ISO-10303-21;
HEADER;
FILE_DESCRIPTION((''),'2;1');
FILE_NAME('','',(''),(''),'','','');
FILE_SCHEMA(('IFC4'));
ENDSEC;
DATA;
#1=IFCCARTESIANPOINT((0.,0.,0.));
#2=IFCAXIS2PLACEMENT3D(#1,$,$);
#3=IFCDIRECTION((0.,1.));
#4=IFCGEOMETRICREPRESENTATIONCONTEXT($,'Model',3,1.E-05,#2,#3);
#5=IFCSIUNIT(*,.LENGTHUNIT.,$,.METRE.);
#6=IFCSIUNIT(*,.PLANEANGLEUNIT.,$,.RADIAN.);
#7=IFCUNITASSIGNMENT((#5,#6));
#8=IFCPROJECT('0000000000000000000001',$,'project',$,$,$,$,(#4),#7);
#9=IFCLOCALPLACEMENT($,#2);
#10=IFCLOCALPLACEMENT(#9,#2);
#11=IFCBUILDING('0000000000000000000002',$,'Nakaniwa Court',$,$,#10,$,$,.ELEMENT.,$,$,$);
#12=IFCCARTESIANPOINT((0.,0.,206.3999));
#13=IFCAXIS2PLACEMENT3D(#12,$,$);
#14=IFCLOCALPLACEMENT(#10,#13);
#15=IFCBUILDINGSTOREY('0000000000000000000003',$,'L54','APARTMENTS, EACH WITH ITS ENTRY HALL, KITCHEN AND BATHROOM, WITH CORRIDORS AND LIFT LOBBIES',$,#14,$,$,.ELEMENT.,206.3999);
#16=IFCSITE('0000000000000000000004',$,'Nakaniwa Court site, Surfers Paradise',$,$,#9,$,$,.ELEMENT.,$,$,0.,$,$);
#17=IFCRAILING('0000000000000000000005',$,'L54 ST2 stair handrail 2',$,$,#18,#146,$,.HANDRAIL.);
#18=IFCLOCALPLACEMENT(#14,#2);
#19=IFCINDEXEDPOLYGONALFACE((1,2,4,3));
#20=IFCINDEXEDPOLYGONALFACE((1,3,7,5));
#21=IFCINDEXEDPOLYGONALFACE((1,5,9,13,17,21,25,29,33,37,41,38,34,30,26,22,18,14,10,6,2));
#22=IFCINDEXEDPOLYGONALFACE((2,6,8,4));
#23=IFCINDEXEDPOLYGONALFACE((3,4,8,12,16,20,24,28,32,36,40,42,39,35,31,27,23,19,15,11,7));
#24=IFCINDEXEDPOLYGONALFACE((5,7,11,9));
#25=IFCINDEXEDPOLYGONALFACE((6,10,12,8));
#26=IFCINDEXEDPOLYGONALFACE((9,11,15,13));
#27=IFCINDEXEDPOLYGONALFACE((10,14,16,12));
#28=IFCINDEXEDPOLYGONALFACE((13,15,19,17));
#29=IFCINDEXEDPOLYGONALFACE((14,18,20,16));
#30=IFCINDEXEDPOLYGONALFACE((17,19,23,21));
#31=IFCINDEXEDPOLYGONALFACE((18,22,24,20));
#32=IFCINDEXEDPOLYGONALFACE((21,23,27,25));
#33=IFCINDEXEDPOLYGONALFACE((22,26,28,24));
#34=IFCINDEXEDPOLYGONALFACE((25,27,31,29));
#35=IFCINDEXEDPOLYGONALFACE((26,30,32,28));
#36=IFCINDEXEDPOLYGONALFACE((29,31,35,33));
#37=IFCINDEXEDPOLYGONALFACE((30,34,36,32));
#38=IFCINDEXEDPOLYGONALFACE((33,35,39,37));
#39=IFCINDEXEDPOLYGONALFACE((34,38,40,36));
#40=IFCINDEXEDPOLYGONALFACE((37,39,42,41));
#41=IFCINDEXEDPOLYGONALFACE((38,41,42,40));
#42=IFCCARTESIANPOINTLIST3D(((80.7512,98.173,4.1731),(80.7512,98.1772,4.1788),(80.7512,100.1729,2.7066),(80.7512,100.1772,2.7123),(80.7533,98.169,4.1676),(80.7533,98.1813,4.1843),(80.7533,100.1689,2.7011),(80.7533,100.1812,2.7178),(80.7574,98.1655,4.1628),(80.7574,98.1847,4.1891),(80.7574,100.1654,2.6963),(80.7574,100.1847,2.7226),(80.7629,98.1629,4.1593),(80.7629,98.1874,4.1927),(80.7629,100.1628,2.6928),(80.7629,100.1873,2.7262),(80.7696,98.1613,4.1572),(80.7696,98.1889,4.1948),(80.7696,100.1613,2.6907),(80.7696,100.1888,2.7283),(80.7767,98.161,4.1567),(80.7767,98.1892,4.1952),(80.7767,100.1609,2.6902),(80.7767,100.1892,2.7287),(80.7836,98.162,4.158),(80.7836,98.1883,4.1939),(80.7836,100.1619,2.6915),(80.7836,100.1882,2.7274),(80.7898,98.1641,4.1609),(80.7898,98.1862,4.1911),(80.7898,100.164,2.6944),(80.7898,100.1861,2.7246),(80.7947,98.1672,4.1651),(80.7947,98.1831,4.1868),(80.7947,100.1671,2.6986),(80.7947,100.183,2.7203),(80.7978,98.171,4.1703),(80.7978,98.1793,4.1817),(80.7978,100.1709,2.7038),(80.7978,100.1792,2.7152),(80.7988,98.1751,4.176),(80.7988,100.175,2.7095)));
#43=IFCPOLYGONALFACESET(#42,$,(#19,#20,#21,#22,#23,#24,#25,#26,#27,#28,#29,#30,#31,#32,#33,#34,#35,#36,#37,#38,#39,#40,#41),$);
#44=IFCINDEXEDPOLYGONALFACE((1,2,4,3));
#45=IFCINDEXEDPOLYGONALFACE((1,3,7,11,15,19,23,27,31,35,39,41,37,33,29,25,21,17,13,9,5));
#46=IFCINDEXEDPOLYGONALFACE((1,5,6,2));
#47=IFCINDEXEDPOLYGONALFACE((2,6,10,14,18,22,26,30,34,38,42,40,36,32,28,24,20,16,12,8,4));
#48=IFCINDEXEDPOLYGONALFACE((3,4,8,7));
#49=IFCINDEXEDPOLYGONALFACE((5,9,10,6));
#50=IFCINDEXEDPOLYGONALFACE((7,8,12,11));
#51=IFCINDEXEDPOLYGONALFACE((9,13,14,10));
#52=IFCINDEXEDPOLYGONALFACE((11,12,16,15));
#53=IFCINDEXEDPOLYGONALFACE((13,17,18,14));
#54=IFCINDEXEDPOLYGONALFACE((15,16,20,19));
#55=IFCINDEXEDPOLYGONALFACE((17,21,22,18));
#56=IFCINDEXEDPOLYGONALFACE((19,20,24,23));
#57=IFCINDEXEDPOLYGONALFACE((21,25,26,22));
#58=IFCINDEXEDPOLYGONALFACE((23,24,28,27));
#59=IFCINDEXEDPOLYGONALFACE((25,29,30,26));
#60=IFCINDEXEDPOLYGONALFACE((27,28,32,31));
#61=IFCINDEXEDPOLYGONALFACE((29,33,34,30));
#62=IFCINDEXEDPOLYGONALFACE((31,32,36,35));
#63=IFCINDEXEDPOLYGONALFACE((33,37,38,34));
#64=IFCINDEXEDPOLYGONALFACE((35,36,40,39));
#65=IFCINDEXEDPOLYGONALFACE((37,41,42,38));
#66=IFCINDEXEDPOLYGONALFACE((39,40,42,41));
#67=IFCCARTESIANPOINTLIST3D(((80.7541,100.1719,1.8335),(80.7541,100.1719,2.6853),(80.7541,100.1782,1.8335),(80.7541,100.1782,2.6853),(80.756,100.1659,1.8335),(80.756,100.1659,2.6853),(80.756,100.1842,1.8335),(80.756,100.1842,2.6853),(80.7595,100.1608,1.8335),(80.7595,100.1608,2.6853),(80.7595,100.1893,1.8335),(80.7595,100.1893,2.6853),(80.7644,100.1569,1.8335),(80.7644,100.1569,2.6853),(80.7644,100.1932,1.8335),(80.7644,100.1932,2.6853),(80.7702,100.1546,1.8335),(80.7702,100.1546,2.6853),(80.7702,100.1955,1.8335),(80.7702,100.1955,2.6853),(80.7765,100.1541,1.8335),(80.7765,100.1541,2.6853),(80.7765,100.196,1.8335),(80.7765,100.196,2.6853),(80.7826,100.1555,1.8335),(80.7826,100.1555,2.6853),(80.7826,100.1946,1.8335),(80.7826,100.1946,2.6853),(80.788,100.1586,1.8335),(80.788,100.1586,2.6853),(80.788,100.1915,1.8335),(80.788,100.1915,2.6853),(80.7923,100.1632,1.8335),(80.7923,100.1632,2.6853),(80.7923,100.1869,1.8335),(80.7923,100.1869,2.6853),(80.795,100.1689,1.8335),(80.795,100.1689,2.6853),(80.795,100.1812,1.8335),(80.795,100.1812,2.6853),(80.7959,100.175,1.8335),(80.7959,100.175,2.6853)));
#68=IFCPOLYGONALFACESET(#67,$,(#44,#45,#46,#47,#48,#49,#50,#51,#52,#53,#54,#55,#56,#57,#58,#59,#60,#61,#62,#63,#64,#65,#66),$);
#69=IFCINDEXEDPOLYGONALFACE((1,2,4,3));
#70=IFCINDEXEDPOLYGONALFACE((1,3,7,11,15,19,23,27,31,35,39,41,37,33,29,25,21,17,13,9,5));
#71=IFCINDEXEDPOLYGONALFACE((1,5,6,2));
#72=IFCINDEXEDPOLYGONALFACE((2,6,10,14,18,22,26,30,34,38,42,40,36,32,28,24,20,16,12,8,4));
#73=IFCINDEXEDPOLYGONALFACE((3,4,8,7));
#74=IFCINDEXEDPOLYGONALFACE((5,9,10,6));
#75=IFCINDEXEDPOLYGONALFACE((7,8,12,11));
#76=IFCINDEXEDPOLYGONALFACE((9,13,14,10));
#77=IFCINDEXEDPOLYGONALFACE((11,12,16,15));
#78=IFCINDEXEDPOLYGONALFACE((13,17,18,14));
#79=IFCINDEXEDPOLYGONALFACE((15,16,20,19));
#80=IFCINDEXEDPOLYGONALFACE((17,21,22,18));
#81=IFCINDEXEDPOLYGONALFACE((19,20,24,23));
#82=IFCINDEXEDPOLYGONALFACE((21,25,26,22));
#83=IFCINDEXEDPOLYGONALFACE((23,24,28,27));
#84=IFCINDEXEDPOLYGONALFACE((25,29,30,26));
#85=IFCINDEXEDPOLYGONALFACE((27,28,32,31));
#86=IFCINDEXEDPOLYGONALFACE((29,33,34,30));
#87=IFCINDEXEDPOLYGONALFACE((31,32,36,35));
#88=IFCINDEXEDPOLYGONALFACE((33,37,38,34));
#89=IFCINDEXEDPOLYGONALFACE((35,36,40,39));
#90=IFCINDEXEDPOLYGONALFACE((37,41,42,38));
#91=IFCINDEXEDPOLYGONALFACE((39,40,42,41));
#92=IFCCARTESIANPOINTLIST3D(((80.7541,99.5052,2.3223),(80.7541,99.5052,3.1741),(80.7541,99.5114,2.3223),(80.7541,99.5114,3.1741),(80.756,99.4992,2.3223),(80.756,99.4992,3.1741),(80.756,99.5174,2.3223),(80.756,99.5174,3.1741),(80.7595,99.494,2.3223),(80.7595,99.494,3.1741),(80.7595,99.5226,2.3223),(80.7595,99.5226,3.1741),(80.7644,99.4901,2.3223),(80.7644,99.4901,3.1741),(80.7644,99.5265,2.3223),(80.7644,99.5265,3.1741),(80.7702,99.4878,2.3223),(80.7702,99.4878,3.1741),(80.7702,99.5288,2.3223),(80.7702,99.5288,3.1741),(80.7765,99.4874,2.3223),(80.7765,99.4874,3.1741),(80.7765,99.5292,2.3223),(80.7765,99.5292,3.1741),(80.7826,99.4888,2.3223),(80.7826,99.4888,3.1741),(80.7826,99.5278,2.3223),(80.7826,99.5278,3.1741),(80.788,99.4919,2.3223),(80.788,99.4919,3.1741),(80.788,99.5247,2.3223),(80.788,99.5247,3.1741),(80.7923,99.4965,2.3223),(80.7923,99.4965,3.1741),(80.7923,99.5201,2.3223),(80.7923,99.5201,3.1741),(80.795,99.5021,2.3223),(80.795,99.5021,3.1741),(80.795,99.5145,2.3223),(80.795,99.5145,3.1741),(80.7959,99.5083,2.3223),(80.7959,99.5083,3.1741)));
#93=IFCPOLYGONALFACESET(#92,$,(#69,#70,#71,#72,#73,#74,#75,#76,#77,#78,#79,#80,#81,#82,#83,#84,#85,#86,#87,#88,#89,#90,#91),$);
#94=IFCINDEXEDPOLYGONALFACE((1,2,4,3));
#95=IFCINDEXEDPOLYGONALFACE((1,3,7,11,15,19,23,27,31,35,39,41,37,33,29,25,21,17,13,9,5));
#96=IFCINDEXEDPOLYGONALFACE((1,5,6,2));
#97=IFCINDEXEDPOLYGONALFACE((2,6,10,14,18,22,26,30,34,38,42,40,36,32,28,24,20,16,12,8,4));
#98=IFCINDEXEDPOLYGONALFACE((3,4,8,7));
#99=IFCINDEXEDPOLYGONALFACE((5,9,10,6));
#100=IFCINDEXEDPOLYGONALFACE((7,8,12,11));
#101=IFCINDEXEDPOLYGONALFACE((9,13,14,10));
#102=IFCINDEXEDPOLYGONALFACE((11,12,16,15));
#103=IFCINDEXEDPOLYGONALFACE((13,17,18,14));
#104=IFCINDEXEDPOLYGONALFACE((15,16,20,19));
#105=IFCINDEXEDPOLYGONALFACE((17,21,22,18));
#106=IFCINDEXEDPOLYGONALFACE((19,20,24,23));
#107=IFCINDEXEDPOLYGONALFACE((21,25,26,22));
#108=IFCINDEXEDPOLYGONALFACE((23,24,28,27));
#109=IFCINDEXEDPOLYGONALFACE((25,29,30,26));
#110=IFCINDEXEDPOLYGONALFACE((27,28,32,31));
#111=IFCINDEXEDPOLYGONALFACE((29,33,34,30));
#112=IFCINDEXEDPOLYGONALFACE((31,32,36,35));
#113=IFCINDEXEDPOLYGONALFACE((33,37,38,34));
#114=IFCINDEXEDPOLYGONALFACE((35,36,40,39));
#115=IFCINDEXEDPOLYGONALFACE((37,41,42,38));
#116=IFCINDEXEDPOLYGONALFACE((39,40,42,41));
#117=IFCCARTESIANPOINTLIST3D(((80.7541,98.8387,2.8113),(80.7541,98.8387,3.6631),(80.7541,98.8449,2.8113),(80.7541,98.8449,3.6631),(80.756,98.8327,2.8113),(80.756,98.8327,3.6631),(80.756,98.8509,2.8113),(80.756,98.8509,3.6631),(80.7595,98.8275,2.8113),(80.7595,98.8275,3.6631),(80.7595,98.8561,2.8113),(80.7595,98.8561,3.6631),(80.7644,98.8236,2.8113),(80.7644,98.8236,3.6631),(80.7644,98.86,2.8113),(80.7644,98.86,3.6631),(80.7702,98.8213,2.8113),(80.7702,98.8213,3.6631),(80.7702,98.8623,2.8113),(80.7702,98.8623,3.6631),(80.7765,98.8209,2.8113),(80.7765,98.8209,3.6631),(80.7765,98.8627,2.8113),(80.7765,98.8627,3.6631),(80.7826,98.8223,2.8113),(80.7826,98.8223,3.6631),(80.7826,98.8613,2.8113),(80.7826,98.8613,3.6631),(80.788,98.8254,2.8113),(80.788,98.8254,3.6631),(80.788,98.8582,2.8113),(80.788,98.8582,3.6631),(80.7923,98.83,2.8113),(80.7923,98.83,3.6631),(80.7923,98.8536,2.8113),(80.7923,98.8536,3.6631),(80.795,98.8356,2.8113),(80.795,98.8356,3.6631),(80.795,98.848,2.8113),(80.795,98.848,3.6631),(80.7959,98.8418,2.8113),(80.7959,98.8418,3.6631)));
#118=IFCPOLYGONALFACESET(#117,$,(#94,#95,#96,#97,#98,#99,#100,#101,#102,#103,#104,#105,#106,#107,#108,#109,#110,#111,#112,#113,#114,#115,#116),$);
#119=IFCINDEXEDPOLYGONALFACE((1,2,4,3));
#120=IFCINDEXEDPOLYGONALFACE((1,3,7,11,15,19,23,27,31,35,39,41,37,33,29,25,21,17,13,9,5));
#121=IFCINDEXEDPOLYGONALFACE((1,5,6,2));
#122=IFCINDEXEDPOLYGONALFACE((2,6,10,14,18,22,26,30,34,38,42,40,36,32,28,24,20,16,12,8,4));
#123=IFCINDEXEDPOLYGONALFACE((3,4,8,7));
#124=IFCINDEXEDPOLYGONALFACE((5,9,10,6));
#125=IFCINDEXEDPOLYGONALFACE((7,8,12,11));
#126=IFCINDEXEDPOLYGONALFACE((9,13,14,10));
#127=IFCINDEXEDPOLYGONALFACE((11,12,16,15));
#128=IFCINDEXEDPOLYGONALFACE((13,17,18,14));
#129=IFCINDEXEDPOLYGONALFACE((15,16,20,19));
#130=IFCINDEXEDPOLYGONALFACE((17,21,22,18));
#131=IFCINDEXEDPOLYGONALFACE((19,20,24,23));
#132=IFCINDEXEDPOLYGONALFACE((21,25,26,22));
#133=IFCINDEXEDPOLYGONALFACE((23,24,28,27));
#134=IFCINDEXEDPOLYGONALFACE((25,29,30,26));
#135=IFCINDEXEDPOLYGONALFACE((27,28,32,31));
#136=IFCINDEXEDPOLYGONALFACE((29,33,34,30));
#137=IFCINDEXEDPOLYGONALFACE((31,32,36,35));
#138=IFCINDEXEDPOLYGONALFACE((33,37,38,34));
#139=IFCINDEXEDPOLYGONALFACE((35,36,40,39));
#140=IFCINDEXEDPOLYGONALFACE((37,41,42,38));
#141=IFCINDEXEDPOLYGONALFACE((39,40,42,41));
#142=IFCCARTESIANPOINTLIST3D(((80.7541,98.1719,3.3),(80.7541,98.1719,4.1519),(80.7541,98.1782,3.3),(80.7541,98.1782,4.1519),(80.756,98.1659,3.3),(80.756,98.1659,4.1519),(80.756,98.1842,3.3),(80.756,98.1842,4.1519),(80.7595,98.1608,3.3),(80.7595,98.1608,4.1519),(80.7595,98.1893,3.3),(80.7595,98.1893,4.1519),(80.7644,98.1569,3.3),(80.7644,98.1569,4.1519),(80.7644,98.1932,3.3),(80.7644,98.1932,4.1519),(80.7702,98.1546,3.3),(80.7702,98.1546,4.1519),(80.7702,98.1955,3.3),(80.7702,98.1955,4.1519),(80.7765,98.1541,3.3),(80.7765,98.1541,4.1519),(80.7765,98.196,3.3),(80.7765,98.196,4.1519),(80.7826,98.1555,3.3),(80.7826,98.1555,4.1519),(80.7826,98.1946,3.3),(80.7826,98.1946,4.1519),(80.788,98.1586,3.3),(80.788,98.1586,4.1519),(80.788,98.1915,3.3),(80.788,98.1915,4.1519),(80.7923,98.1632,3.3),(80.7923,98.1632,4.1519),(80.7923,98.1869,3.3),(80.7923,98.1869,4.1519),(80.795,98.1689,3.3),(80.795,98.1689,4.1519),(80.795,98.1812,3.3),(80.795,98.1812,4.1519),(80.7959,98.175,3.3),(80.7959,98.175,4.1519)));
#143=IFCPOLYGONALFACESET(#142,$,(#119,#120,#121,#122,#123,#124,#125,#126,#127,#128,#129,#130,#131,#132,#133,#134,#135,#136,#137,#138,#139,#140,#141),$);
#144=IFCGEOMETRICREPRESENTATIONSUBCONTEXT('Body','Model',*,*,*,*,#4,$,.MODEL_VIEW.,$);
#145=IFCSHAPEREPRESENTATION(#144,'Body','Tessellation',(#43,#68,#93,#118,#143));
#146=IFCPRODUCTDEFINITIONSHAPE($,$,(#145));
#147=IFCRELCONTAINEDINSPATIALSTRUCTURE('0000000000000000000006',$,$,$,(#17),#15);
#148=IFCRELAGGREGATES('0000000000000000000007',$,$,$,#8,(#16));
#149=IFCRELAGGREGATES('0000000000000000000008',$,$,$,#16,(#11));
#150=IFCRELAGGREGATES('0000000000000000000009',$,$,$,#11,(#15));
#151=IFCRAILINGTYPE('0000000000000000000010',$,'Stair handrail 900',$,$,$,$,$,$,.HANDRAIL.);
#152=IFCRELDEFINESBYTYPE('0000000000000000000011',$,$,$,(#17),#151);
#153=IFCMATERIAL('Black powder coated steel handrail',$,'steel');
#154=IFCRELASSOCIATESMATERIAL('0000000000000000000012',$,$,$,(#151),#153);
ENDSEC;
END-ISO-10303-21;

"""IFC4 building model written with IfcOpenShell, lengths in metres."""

from ifc_helpers import new_model, si_unit, direction, frame, origin, origin_2d, place, context, subcontext, project, spatial, circle, extrude, material, type_object, element, save


model = new_model("IFC4")

# Units and contexts
model_context = context("Model", 3, precision=1e-05, world=origin(), true_north=direction((0.0, 1.0)))
body_context = subcontext(model_context, "Body", "Model", "MODEL_VIEW")
ifc_project = project(units=[si_unit("LENGTHUNIT", "METRE"), si_unit("PLANEANGLEUNIT", "RADIAN")], contexts=[model_context])

# Site, building, storey
site_placement = place(None, origin())
site = spatial("IfcSite", under=ifc_project, at=site_placement, Name="Nakaniwa Court site, Surfers Paradise", CompositionType="ELEMENT", RefElevation=0.0)
building_placement = place(site_placement, origin())
building = spatial("IfcBuilding", under=site, at=building_placement, Name="Nakaniwa Court", CompositionType="ELEMENT")
storey_placement = place(building_placement, frame((0.0, 0.0, 206.3999)))
storey = spatial("IfcBuildingStorey", under=building, at=storey_placement, Name="L54", Description="APARTMENTS, EACH WITH ITS ENTRY HALL, KITCHEN AND BATHROOM, WITH CORRIDORS AND LIFT LOBBIES", CompositionType="ELEMENT", Elevation=206.3999)

# Railing
ifc_material_1 = material(Name="Black powder coated steel handrail", Category="steel")
railing_type_1 = type_object("IfcRailingType", Name="Stair handrail 900", PredefinedType="HANDRAIL", material=ifc_material_1)
railing_1_placement = place(storey_placement, frame((80.7749, 100.175, 1.8335)))
element("IfcRailing", 1, at=railing_1_placement, inside=storey, type_object=railing_type_1, Name="L54 ST2 stair handrail 2", PredefinedType="HANDRAIL", context=body_context, shape_type="SweptSolid", body=[
    extrude(circle(Radius=0.0239, at=origin_2d()), frame((0.0, 0.0, 0.876), z_axis=(0.0, -0.806427, 0.591334), x_axis=(1.0, 0.0, 0.0)), (0.0, 0.0, 1.0), 2.48),
    extrude(circle(Radius=0.021, at=origin_2d()), origin(), (0.0, 0.0, 1.0), 0.8518),
    extrude(circle(Radius=0.021, at=origin_2d()), frame((0.0, -0.6667, 0.4888)), (0.0, 0.0, 1.0), 0.8518),
    extrude(circle(Radius=0.021, at=origin_2d()), frame((0.0, -1.3333, 0.9778)), (0.0, 0.0, 1.0), 0.8518),
    extrude(circle(Radius=0.021, at=origin_2d()), frame((0.0, -2.0, 1.4666)), (0.0, 0.0, 1.0), 0.8518),
])

save(model, "model.ifc")
